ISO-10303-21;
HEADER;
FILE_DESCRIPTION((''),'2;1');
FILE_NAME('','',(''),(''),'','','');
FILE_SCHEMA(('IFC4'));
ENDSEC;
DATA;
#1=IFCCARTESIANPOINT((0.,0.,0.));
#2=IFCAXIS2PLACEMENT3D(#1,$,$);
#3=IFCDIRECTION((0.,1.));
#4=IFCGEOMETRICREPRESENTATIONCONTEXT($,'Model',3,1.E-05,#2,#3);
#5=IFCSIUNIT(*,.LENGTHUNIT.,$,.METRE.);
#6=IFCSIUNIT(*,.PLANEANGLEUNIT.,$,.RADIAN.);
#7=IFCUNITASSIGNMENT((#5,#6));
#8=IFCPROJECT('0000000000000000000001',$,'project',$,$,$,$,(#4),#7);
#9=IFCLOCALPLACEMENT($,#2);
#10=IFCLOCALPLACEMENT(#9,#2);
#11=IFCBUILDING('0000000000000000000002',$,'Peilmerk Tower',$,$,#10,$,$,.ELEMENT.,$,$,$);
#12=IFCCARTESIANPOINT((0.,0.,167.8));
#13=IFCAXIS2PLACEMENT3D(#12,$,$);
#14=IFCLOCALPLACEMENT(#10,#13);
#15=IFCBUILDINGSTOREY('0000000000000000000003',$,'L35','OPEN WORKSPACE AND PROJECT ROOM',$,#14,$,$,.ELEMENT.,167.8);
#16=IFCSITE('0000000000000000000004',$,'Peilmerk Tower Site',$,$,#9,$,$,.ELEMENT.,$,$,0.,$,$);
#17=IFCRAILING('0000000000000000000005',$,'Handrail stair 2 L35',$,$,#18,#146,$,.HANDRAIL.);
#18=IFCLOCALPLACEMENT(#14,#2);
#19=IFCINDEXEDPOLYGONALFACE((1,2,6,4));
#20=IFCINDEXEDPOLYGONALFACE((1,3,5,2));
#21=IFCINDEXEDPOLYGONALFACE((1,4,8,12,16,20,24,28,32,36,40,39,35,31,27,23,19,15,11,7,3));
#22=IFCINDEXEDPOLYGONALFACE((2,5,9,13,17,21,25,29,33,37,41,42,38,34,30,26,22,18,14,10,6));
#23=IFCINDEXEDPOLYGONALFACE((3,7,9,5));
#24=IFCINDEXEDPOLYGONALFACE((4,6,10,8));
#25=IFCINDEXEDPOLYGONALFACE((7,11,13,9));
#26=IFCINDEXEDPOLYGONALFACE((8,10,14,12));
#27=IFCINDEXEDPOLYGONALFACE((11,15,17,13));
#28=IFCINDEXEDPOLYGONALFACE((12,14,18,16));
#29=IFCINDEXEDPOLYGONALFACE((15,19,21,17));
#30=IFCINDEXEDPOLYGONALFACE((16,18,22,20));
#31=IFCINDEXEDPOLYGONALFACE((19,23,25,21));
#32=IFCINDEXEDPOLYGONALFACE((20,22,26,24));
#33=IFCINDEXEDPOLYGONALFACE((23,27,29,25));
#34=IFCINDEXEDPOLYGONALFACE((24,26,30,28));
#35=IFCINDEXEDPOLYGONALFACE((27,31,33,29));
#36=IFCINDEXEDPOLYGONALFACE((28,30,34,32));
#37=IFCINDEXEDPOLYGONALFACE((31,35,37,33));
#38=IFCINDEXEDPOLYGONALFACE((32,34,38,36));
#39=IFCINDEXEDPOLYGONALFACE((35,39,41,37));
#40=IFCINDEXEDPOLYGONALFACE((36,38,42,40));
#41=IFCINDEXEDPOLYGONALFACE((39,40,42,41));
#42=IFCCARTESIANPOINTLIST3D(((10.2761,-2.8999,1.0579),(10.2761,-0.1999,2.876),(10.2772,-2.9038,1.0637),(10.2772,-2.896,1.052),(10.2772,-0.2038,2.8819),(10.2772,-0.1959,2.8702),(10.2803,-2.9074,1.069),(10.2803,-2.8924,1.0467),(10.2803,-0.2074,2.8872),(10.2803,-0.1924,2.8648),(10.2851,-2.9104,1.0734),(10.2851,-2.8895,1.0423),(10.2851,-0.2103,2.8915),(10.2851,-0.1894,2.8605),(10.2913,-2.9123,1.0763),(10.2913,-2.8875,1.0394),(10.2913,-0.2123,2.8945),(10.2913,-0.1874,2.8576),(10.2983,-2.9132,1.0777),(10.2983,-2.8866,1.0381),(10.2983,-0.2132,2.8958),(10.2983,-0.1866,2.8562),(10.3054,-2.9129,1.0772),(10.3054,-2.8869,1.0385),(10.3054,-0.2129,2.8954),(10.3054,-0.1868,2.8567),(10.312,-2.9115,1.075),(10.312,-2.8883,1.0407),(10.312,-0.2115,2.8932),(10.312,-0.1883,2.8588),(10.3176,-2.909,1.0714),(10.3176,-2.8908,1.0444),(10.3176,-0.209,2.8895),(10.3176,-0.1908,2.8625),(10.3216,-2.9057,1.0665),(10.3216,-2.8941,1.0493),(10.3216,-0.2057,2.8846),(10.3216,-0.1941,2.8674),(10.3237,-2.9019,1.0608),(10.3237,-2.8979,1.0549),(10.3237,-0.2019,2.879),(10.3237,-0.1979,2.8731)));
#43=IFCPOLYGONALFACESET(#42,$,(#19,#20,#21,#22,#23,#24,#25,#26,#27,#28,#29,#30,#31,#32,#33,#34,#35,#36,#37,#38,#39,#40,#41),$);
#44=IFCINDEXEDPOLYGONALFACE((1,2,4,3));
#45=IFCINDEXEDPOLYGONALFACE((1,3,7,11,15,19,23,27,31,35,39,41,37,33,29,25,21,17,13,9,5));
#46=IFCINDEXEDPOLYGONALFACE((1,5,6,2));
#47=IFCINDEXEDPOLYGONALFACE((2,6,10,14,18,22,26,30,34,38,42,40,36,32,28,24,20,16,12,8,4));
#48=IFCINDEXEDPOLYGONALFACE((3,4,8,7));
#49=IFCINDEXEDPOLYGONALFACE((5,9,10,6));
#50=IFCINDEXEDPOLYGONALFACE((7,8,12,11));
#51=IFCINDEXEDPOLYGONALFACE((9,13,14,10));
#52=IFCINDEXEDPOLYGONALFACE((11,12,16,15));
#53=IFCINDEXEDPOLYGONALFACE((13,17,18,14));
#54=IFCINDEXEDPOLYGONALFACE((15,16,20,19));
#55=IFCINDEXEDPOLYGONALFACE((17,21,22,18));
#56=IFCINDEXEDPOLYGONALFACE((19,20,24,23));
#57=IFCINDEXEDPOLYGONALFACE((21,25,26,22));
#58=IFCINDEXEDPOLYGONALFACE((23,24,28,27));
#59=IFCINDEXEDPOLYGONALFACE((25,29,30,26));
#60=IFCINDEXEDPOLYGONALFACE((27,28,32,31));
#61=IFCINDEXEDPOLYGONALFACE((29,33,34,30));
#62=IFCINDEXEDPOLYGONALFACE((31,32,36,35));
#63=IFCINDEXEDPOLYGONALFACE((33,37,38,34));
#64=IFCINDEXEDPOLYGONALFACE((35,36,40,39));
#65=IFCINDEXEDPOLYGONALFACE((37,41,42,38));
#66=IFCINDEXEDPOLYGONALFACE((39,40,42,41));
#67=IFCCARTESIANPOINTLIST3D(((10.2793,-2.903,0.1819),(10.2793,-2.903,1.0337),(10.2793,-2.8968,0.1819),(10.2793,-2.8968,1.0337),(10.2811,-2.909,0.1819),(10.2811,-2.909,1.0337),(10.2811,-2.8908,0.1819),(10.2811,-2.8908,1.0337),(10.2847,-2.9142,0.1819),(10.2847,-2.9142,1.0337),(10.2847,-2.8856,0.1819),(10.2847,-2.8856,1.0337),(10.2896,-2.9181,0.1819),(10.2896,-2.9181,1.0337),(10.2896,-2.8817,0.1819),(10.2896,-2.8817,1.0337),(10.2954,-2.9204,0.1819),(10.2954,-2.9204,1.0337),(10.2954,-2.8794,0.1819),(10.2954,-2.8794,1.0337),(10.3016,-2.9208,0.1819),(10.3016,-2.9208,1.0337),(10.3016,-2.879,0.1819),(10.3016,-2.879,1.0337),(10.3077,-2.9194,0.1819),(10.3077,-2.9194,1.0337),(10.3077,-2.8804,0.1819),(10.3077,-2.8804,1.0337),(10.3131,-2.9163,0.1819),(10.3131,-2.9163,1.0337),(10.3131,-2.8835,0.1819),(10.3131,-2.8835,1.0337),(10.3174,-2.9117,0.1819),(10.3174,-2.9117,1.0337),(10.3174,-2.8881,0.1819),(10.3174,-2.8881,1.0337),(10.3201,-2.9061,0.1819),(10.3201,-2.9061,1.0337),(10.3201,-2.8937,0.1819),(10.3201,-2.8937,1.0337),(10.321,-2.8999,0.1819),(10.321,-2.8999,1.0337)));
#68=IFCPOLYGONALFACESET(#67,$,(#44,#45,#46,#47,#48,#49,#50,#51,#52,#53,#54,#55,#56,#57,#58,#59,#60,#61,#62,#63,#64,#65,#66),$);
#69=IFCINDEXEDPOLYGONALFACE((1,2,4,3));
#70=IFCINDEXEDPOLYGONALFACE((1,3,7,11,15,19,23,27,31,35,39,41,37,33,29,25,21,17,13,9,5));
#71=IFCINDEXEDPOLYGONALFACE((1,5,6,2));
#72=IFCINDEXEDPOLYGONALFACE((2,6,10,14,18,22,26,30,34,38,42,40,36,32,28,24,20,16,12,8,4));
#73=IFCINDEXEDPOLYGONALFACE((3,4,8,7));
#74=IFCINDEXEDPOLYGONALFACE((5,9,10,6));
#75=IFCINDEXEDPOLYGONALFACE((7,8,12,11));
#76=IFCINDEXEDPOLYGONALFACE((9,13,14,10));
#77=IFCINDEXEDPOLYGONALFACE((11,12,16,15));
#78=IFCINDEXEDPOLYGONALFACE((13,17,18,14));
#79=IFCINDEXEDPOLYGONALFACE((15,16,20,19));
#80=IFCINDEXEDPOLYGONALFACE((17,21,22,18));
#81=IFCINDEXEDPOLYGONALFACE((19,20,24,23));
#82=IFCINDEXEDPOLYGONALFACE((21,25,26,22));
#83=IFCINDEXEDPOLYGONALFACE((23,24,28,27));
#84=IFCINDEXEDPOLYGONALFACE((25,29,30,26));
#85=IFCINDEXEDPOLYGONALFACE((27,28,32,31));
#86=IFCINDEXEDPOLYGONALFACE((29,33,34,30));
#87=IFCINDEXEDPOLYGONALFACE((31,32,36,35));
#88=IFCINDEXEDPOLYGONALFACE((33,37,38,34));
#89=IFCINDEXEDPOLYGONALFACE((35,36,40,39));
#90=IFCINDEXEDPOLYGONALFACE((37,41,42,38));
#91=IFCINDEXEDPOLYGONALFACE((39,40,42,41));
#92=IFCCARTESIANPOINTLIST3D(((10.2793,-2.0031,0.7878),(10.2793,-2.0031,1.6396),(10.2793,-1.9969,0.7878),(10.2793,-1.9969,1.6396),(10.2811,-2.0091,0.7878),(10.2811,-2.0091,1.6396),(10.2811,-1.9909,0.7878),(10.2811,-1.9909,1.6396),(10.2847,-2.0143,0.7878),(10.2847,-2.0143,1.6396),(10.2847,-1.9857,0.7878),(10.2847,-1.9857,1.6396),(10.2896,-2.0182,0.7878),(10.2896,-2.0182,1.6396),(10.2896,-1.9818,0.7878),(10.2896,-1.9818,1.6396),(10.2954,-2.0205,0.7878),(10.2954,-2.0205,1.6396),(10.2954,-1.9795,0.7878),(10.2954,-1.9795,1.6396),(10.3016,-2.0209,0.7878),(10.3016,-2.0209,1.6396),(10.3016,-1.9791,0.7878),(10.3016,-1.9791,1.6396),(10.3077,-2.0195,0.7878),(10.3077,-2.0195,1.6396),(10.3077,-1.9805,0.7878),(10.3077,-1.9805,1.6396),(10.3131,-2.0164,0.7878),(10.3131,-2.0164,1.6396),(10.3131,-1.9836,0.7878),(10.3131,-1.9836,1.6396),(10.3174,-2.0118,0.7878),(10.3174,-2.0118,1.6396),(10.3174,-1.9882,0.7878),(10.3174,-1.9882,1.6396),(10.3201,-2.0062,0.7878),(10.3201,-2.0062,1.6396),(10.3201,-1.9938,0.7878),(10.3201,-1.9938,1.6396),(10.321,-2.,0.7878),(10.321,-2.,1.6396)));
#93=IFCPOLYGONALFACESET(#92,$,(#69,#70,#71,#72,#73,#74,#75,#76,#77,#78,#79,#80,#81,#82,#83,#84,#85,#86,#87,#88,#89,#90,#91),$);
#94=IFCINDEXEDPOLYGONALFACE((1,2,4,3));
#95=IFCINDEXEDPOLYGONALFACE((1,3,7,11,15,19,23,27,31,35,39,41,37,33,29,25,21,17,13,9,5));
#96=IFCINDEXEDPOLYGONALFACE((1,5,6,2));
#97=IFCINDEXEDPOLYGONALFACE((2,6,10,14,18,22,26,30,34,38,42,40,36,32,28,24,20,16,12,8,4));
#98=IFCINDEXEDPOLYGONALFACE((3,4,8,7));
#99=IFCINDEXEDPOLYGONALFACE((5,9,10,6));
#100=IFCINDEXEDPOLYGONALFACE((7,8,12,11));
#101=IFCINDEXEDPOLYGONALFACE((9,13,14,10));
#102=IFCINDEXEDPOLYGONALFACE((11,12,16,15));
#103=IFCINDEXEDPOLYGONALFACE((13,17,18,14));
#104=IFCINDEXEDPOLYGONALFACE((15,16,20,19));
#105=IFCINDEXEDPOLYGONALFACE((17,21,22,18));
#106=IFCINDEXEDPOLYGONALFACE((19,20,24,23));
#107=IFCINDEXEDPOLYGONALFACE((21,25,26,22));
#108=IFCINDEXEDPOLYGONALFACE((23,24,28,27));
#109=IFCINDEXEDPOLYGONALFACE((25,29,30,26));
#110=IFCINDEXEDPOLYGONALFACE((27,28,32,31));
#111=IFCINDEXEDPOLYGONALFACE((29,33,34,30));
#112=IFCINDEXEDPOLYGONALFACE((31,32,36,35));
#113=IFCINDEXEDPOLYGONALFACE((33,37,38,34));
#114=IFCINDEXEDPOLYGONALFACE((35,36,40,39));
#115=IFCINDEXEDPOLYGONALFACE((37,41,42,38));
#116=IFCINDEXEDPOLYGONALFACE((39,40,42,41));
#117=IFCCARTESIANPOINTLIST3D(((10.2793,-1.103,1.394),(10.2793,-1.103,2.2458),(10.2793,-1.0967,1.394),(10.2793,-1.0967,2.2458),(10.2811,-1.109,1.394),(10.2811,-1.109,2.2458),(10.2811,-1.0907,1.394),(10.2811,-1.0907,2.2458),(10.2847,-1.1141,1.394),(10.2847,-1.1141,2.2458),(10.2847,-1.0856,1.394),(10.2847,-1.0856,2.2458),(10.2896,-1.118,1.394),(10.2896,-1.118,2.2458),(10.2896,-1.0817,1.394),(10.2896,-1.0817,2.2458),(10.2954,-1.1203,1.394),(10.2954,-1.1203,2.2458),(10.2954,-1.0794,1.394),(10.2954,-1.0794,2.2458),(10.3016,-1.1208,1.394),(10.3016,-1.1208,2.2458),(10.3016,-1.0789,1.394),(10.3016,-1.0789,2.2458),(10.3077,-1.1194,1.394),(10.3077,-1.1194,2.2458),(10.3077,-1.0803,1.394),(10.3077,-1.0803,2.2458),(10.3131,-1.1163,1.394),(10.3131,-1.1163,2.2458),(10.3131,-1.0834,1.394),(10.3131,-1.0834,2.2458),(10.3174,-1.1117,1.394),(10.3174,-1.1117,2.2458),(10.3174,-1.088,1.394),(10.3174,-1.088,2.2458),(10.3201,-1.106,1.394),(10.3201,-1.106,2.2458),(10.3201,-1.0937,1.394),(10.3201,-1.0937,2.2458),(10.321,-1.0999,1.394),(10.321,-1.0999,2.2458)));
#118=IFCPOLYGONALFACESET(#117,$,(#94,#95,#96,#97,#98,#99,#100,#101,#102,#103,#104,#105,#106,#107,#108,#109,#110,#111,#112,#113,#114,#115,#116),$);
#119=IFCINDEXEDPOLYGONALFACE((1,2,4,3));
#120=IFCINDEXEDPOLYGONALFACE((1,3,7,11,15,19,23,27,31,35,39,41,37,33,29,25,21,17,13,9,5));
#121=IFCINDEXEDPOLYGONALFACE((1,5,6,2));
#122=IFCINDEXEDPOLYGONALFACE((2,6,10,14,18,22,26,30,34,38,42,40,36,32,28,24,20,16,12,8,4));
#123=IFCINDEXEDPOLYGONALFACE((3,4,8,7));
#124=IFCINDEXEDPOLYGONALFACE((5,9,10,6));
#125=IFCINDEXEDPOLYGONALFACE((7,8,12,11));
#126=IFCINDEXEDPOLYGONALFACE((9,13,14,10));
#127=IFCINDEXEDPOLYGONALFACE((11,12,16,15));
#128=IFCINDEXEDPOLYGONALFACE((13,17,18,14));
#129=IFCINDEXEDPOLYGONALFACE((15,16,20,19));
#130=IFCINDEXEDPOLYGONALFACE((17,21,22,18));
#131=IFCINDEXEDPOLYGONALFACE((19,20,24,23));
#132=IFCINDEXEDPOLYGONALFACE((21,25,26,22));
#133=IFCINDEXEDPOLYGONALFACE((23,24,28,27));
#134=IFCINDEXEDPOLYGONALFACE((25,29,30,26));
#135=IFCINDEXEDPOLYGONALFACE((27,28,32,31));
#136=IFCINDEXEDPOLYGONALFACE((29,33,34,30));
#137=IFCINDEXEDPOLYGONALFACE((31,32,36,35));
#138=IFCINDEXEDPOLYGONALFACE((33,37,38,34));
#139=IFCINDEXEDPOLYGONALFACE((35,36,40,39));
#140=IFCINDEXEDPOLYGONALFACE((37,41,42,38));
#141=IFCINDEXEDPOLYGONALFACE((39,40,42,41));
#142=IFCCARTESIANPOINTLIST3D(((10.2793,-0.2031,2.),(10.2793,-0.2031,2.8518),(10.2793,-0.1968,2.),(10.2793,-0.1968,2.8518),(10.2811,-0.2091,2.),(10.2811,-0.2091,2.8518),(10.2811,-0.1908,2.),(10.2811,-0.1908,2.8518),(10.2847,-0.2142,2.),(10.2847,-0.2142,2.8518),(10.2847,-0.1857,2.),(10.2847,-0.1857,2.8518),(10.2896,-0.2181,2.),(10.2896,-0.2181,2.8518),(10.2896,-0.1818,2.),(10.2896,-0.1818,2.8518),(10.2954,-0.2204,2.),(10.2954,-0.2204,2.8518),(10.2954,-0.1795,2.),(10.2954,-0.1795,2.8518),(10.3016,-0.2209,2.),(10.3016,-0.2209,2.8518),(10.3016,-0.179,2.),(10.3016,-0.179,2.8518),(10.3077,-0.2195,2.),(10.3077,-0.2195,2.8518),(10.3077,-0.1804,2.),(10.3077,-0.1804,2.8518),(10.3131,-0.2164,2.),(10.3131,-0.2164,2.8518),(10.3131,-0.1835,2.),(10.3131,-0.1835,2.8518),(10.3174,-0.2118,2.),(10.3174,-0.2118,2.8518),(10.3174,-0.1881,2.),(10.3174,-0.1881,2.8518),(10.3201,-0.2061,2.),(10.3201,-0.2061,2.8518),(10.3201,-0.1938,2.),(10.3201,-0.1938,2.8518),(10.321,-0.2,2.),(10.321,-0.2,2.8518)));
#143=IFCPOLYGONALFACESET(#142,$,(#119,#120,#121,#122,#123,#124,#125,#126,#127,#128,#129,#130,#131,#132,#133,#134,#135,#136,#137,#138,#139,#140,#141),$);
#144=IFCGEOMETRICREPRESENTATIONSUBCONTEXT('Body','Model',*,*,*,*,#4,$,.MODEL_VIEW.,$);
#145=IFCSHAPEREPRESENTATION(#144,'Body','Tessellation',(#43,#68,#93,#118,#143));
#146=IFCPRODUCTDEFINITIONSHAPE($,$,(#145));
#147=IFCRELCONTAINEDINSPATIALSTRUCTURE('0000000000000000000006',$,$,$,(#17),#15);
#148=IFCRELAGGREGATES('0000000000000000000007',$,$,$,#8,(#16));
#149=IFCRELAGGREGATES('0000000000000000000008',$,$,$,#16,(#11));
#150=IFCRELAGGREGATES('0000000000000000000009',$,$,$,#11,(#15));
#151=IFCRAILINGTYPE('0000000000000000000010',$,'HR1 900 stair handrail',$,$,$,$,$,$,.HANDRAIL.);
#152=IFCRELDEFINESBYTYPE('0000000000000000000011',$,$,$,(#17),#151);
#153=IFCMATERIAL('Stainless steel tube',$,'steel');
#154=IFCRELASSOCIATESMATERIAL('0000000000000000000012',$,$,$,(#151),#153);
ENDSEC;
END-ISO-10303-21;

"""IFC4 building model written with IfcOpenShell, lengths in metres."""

from ifc_helpers import new_model, si_unit, direction, frame, origin, origin_2d, place, context, subcontext, project, spatial, circle, extrude, material, type_object, element, save


model = new_model("IFC4")

# Units and contexts
model_context = context("Model", 3, precision=1e-05, world=origin(), true_north=direction((0.0, 1.0)))
body_context = subcontext(model_context, "Body", "Model", "MODEL_VIEW")
ifc_project = project(units=[si_unit("LENGTHUNIT", "METRE"), si_unit("PLANEANGLEUNIT", "RADIAN")], contexts=[model_context])

# Site, building, storey
site_placement = place(None, origin())
site = spatial("IfcSite", under=ifc_project, at=site_placement, Name="Peilmerk Tower Site", CompositionType="ELEMENT", RefElevation=0.0)
building_placement = place(site_placement, origin())
building = spatial("IfcBuilding", under=site, at=building_placement, Name="Peilmerk Tower", CompositionType="ELEMENT")
storey_placement = place(building_placement, frame((0.0, 0.0, 167.8)))
storey = spatial("IfcBuildingStorey", under=building, at=storey_placement, Name="L35", Description="OPEN WORKSPACE AND PROJECT ROOM", CompositionType="ELEMENT", Elevation=167.8)

# Railing
ifc_material_1 = material(Name="Stainless steel tube", Category="steel")
railing_type_1 = type_object("IfcRailingType", Name="HR1 900 stair handrail", PredefinedType="HANDRAIL", material=ifc_material_1)
railing_1_placement = place(storey_placement, frame((10.3, -2.8999, 0.1819)))
element("IfcRailing", 1, at=railing_1_placement, inside=storey, type_object=railing_type_1, Name="Handrail stair 2 L35", PredefinedType="HANDRAIL", context=body_context, shape_type="SweptSolid", body=[
    extrude(circle(Radius=0.0239, at=origin_2d()), frame((0.0, 0.0, 0.876), z_axis=(0.0, 0.829468, 0.558554), x_axis=(-1.0, 0.0, 0.0)), (0.0, 0.0, 1.0), 3.2551),
    extrude(circle(Radius=0.021, at=origin_2d()), origin(), (0.0, 0.0, 1.0), 0.8518),
    extrude(circle(Radius=0.021, at=origin_2d()), frame((0.0, 0.8999, 0.606)), (0.0, 0.0, 1.0), 0.8518),
    extrude(circle(Radius=0.021, at=origin_2d()), frame((0.0, 1.8, 1.2122)), (0.0, 0.0, 1.0), 0.8518),
    extrude(circle(Radius=0.021, at=origin_2d()), frame((0.0, 2.7, 1.8181)), (0.0, 0.0, 1.0), 0.8518),
])

save(model, "model.ifc")
